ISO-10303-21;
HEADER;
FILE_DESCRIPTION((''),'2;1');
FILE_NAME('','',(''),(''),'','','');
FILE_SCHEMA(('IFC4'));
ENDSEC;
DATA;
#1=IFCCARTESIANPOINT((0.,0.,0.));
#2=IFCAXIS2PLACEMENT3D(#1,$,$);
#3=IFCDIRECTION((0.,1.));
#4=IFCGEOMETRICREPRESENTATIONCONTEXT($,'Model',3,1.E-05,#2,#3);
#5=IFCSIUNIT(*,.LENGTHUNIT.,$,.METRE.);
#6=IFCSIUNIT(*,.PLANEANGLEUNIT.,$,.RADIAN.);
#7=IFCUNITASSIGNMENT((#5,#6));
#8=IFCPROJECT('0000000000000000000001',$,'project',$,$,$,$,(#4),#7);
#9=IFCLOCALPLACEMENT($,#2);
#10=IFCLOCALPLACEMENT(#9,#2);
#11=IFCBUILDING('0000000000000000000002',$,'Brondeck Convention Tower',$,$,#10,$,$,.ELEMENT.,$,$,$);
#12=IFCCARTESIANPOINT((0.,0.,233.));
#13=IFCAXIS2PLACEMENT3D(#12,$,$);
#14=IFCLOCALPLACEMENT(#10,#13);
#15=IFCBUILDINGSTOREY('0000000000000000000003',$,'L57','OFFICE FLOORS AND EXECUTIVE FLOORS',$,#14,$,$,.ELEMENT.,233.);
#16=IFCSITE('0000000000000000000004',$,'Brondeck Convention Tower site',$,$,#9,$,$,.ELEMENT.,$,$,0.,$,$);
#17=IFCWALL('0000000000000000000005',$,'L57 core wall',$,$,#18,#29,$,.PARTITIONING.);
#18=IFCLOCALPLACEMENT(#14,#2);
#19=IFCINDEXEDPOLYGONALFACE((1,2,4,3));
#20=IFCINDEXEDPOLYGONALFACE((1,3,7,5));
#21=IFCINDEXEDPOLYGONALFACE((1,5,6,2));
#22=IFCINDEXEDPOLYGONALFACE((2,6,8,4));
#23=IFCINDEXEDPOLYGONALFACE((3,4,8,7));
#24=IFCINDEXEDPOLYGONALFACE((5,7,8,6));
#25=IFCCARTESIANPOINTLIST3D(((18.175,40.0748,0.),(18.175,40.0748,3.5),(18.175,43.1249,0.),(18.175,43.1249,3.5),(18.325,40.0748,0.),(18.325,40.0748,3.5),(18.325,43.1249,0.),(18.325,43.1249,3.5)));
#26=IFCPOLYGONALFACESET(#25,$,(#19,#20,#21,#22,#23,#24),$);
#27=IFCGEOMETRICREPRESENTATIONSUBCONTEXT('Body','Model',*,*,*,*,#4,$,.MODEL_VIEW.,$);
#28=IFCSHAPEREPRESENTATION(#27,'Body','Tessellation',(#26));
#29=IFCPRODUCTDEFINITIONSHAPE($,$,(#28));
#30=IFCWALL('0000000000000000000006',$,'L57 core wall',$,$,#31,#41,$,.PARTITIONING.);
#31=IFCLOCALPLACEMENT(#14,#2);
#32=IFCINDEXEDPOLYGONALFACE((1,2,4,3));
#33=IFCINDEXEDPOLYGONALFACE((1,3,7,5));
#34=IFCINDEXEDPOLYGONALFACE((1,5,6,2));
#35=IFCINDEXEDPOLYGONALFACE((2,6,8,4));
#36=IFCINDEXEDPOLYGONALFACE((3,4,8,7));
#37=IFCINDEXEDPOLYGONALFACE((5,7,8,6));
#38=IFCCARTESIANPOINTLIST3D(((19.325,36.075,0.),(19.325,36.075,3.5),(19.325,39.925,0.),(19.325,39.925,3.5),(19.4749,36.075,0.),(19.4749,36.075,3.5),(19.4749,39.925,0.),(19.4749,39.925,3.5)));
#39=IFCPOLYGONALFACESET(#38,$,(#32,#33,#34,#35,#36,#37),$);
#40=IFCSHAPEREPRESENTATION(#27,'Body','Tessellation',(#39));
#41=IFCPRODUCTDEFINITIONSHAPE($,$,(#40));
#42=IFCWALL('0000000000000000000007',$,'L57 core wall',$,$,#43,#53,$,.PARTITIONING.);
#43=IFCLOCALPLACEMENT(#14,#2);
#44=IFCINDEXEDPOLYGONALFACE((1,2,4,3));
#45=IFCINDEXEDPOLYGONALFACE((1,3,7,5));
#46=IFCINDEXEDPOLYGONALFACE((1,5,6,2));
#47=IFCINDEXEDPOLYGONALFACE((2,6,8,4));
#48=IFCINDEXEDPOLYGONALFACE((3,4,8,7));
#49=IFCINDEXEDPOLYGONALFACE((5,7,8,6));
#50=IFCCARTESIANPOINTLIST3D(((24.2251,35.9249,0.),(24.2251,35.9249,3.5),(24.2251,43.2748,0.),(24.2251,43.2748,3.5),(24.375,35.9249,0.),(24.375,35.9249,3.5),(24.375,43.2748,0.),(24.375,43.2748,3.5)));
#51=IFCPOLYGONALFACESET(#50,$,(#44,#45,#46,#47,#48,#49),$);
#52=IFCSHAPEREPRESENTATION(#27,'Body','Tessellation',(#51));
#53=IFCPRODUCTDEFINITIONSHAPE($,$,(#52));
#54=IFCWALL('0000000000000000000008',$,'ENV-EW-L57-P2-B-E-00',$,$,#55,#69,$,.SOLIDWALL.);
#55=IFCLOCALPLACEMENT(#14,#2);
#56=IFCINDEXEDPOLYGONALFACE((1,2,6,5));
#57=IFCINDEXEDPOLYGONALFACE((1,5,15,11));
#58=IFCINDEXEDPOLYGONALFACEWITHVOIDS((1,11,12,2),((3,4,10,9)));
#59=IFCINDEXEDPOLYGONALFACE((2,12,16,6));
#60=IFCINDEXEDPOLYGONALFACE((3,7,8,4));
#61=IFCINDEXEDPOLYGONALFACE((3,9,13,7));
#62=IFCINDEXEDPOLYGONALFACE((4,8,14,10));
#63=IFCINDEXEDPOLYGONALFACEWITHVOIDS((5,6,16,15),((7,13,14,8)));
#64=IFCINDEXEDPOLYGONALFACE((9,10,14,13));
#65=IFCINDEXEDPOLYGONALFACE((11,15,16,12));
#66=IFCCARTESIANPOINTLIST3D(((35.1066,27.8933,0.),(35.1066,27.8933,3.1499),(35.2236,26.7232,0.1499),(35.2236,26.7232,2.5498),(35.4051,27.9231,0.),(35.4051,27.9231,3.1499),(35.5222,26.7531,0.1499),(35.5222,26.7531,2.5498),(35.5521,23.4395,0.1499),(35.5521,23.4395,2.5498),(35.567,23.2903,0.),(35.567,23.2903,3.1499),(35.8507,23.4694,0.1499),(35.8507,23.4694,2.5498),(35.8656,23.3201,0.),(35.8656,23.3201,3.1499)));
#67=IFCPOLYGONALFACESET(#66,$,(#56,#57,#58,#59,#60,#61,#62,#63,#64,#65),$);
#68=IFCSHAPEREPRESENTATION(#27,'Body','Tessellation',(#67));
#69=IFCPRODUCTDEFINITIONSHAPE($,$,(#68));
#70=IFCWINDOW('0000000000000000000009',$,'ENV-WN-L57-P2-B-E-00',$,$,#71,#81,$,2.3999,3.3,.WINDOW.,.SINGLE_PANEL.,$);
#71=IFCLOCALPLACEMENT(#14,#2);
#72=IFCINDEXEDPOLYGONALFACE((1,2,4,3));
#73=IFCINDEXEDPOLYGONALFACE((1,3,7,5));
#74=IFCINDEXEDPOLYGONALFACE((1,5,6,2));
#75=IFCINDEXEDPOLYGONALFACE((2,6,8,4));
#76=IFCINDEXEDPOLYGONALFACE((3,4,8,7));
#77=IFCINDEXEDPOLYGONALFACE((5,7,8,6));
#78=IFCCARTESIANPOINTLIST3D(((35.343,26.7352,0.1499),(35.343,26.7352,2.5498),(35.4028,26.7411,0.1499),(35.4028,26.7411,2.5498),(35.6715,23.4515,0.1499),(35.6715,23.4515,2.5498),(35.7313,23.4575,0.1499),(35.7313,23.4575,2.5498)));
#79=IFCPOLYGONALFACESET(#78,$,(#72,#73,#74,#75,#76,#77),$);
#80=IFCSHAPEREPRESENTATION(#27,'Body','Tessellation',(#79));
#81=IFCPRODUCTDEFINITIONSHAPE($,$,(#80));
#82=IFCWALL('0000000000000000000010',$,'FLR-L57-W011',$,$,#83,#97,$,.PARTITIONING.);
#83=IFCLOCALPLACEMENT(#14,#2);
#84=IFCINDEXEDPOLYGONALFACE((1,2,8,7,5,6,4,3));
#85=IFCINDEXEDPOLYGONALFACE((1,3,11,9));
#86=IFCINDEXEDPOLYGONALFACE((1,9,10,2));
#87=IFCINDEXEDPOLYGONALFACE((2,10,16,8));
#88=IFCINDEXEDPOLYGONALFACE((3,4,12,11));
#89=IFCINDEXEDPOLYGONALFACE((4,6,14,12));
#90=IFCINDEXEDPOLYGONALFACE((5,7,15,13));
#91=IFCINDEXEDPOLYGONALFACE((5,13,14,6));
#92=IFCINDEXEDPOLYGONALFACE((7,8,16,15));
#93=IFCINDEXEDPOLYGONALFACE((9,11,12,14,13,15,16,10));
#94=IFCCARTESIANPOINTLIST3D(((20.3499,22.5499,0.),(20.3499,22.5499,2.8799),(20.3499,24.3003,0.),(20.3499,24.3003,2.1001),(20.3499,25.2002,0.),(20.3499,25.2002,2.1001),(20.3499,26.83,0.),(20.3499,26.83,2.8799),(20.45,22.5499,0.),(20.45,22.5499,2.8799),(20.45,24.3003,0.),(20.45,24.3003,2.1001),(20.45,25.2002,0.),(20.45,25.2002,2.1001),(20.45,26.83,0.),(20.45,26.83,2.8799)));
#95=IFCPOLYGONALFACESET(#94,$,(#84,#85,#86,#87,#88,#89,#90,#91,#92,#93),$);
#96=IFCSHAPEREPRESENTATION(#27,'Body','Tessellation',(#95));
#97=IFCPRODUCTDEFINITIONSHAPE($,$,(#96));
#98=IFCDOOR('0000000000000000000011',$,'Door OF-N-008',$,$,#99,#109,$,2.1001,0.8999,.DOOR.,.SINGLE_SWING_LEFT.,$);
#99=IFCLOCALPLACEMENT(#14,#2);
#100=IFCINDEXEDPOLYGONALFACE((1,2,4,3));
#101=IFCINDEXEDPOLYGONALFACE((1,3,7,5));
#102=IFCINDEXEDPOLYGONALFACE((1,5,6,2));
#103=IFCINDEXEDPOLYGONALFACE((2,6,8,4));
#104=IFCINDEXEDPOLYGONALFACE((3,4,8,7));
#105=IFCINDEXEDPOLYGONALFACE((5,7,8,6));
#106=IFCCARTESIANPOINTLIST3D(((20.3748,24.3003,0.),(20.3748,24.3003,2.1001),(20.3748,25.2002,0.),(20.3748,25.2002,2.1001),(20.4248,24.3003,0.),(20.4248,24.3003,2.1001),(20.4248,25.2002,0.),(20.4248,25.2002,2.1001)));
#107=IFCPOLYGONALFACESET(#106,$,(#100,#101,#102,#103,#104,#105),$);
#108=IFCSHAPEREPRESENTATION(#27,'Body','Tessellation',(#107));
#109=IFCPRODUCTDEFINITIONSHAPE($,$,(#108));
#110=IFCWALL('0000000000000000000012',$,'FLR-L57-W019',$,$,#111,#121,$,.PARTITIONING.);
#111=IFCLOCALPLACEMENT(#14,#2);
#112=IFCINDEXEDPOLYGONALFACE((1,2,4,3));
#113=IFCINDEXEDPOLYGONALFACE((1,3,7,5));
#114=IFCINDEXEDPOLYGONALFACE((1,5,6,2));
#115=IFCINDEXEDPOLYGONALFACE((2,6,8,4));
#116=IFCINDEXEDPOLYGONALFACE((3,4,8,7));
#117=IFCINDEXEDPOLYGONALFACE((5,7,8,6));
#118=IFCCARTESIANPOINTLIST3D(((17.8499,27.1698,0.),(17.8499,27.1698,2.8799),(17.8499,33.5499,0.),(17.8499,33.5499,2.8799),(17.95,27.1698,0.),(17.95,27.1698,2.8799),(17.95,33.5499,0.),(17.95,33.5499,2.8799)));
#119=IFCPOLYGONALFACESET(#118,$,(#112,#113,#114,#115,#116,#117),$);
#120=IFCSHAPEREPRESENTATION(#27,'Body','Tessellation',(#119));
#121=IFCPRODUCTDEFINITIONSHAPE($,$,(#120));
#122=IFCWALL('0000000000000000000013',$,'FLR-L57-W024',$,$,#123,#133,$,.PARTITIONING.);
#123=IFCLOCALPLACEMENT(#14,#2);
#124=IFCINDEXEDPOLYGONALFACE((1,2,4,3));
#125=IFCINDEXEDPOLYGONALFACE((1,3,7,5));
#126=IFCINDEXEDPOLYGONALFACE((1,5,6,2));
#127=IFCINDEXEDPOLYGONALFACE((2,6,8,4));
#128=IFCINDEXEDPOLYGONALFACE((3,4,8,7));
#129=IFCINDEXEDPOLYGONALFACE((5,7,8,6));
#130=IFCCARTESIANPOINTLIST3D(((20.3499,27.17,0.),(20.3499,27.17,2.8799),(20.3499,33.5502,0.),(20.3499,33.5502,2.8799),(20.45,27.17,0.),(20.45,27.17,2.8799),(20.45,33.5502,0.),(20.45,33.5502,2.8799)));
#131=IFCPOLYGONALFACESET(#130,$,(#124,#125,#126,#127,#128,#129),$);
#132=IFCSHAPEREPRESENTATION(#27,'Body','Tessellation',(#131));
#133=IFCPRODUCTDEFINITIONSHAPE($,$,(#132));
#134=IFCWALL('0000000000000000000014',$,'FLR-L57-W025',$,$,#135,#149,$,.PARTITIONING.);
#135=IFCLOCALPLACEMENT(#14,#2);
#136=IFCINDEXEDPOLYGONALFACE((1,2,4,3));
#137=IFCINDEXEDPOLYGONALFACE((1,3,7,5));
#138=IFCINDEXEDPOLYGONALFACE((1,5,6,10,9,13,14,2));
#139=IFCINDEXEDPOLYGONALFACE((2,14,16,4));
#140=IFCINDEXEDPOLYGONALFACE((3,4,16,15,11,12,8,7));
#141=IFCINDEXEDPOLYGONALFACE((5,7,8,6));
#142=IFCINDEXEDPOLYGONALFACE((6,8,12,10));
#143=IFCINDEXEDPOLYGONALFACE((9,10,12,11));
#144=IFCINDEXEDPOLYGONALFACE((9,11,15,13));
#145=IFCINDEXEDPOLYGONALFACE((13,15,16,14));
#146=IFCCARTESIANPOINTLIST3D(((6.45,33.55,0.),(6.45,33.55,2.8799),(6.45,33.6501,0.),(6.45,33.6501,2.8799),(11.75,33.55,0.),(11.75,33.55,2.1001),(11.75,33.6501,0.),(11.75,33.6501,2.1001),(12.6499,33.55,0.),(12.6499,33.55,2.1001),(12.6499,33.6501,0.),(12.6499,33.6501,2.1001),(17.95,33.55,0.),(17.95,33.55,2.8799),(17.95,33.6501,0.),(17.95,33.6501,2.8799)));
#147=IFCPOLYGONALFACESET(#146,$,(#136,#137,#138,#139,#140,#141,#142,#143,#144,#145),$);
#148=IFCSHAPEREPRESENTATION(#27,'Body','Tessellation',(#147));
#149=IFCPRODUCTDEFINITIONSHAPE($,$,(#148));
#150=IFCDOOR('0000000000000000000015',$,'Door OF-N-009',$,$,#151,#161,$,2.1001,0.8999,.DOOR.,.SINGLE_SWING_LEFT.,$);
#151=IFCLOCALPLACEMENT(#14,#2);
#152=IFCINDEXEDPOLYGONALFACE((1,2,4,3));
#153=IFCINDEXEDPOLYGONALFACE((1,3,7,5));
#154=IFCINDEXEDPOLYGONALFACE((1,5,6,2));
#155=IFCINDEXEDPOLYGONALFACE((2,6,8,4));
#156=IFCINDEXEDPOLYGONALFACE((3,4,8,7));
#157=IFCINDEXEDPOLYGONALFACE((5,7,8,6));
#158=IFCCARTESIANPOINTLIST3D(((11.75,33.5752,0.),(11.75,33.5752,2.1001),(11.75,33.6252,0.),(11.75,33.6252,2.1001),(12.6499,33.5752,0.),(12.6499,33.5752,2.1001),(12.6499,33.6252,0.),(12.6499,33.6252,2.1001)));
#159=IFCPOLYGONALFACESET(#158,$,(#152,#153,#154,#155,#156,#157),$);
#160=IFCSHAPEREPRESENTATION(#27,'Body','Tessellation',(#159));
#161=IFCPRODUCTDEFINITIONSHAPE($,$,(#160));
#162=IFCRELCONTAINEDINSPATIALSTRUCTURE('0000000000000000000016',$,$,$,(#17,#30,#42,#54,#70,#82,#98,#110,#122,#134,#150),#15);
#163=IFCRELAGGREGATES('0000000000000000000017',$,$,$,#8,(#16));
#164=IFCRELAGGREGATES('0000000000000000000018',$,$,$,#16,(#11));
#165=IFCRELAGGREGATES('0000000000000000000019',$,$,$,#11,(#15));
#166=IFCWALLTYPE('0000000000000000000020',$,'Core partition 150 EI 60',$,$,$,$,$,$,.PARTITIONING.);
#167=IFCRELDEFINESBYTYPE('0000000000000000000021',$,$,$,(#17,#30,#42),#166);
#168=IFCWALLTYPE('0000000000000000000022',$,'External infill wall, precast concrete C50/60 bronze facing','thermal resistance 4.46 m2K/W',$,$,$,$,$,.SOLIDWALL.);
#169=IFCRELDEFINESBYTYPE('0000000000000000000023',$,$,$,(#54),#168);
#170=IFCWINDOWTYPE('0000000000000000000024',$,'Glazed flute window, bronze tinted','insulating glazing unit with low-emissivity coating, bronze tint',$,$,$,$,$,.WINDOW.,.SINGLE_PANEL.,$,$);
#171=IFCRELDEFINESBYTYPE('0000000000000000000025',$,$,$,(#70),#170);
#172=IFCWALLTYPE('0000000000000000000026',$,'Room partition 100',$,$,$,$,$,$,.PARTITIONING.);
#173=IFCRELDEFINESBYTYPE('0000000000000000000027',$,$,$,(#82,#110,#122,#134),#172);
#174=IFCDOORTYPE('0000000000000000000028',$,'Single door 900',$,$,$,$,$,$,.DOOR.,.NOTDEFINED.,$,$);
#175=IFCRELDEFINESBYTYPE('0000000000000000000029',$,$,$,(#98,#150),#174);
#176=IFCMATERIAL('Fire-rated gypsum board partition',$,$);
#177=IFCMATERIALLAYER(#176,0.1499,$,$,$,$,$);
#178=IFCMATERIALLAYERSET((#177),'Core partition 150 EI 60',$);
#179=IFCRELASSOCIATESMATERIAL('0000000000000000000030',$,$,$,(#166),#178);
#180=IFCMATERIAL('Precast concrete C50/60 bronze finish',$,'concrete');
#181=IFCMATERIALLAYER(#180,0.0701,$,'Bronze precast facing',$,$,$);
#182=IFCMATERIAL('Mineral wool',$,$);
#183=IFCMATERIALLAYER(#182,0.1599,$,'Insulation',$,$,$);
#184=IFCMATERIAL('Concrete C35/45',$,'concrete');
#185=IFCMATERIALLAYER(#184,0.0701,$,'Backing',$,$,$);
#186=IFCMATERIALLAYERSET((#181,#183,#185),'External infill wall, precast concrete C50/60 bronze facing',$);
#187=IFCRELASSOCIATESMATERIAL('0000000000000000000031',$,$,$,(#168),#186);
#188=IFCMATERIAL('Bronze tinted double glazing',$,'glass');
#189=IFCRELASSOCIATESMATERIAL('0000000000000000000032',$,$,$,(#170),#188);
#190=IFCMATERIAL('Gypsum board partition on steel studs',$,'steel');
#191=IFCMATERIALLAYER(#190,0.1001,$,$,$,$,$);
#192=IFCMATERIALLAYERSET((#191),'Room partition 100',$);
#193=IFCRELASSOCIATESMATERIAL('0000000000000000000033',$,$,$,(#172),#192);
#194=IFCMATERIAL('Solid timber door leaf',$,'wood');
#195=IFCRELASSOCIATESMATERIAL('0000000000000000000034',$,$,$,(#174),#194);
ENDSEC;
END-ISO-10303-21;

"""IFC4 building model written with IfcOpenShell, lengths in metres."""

from ifc_helpers import new_model, si_unit, direction, frame, frame_2d, origin, place, context, subcontext, project, spatial, rectangle, extrude, material, layer, layer_set, type_object, element, fill, save


model = new_model("IFC4")

# Units and contexts
model_context = context("Model", 3, precision=1e-05, world=origin(), true_north=direction((0.0, 1.0)))
body_context = subcontext(model_context, "Body", "Model", "MODEL_VIEW")
ifc_project = project(units=[si_unit("LENGTHUNIT", "METRE"), si_unit("PLANEANGLEUNIT", "RADIAN")], contexts=[model_context])

# Site, building, storey
site_placement = place(None, origin())
site = spatial("IfcSite", under=ifc_project, at=site_placement, Name="Brondeck Convention Tower site", CompositionType="ELEMENT", RefElevation=0.0)
building_placement = place(site_placement, origin())
building = spatial("IfcBuilding", under=site, at=building_placement, Name="Brondeck Convention Tower", CompositionType="ELEMENT")
storey_placement = place(building_placement, frame((0.0, 0.0, 233.0)))
storey = spatial("IfcBuildingStorey", under=building, at=storey_placement, Name="L57", Description="OFFICE FLOORS AND EXECUTIVE FLOORS", CompositionType="ELEMENT", Elevation=233.0)

# Walls
ifc_material_1 = material(Name="Fire-rated gypsum board partition")
ifc_layer_1 = layer(ifc_material_1, 0.1499)
ifc_layer_set_1 = layer_set([ifc_layer_1], Name="Core partition 150 EI 60")
wall_type_1 = type_object("IfcWallType", Name="Core partition 150 EI 60", PredefinedType="PARTITIONING", material=ifc_layer_set_1)
wall_1_placement = place(storey_placement, frame((18.25, 40.075, 0.0), z_axis=(0.0, 0.0, 1.0), x_axis=(0.0, 1.0, 0.0)))
element("IfcWall", 1, at=wall_1_placement, inside=storey, type_object=wall_type_1, Name="L57 core wall", PredefinedType="PARTITIONING", context=body_context, shape_type="SweptSolid", body=[
    extrude(rectangle(XDim=3.05, YDim=0.1499, at=frame_2d((1.5249, 0.0))), origin(), (0.0, 0.0, 1.0), 3.5),
])
wall_2_placement = place(storey_placement, frame((19.3999, 36.075, 0.0), z_axis=(0.0, 0.0, 1.0), x_axis=(0.0, 1.0, 0.0)))
element("IfcWall", 2, at=wall_2_placement, inside=storey, type_object=wall_type_1, Name="L57 core wall", PredefinedType="PARTITIONING", context=body_context, shape_type="SweptSolid", body=[
    extrude(rectangle(XDim=3.8501, YDim=0.1499, at=frame_2d((1.925, 0.0))), origin(), (0.0, 0.0, 1.0), 3.5),
])
wall_3_placement = place(storey_placement, frame((24.3, 35.925, 0.0), z_axis=(0.0, 0.0, 1.0), x_axis=(0.0, 1.0, 0.0)))
element("IfcWall", 3, at=wall_3_placement, inside=storey, type_object=wall_type_1, Name="L57 core wall", PredefinedType="PARTITIONING", context=body_context, shape_type="SweptSolid", body=[
    extrude(rectangle(XDim=7.3499, YDim=0.1499, at=frame_2d((3.6748, 0.0))), origin(), (0.0, 0.0, 1.0), 3.5),
])

# Wall, opening, window
ifc_material_2 = material(Name="Precast concrete C50/60 bronze finish", Category="concrete")
ifc_layer_2 = layer(ifc_material_2, 0.0701, Name="Bronze precast facing")
ifc_material_3 = material(Name="Mineral wool")
ifc_layer_3 = layer(ifc_material_3, 0.1599, Name="Insulation")
ifc_material_4 = material(Name="Concrete C35/45", Category="concrete")
ifc_layer_4 = layer(ifc_material_4, 0.0701, Name="Backing")
ifc_layer_set_2 = layer_set([ifc_layer_2, ifc_layer_3, ifc_layer_4], Name="External infill wall, precast concrete C50/60 bronze facing")
wall_type_2 = type_object("IfcWallType", Name="External infill wall, precast concrete C50/60 bronze facing", Description="thermal resistance 4.46 m2K/W", PredefinedType="SOLIDWALL", material=ifc_layer_set_2)
wall_4_placement = place(storey_placement, frame((35.2559, 27.9082, 0.0), z_axis=(0.0, 0.0, 1.0), x_axis=(0.099535, -0.995034, 0.0)))
wall_4 = element("IfcWall", 4, at=wall_4_placement, inside=storey, type_object=wall_type_2, Name="ENV-EW-L57-P2-B-E-00", PredefinedType="SOLIDWALL", context=body_context, shape_type="SweptSolid", body=[
    extrude(rectangle(XDim=4.626, YDim=0.3, at=frame_2d((2.313, 0.0))), origin(), (0.0, 0.0, 1.0), 3.1499),
])
opening_1_placement = place(wall_4_placement, frame((1.176, 0.0, 0.1499)))
opening_1 = element("IfcOpeningElement", 5, at=opening_1_placement, cuts=wall_4, PredefinedType="OPENING", context=body_context, shape_type="SweptSolid", body=[
    extrude(rectangle(XDim=3.3, YDim=2.3999, at=frame_2d((1.6499, 1.2))), frame((0.0, 0.1599, 0.0), z_axis=(0.0, -1.0, 0.0), x_axis=(1.0, 0.0, 0.0)), (0.0, 0.0, 1.0), 0.3201),
])
ifc_material_5 = material(Name="Bronze tinted double glazing", Category="glass")
window_type = type_object("IfcWindowType", Name="Glazed flute window, bronze tinted", Description="insulating glazing unit with low-emissivity coating, bronze tint", PartitioningType="SINGLE_PANEL", PredefinedType="WINDOW", material=ifc_material_5)
window_placement = place(opening_1_placement, origin())
window = element("IfcWindow", 6, at=window_placement, inside=storey, type_object=window_type, Name="ENV-WN-L57-P2-B-E-00", OverallHeight=2.3999, OverallWidth=3.3, PartitioningType="SINGLE_PANEL", PredefinedType="WINDOW", context=body_context, shape_type="SweptSolid", body=[
    extrude(rectangle(XDim=3.3, YDim=2.3999, at=frame_2d((1.6499, 1.2))), frame((0.0, 0.03, 0.0), z_axis=(0.0, -1.0, 0.0), x_axis=(1.0, 0.0, 0.0)), (0.0, 0.0, 1.0), 0.0601),
])
fill(opening_1, window)

# Wall, opening, door
ifc_material_6 = material(Name="Gypsum board partition on steel studs", Category="steel")
ifc_layer_5 = layer(ifc_material_6, 0.1001)
ifc_layer_set_3 = layer_set([ifc_layer_5], Name="Room partition 100")
wall_type_3 = type_object("IfcWallType", Name="Room partition 100", PredefinedType="PARTITIONING", material=ifc_layer_set_3)
wall_5_placement = place(storey_placement, frame((20.3999, 26.8301, 0.0), z_axis=(0.0, 0.0, 1.0), x_axis=(0.0, -1.0, 0.0)))
wall_5 = element("IfcWall", 7, at=wall_5_placement, inside=storey, type_object=wall_type_3, Name="FLR-L57-W011", PredefinedType="PARTITIONING", context=body_context, shape_type="SweptSolid", body=[
    extrude(rectangle(XDim=4.28, YDim=0.1001, at=frame_2d((2.1401, 0.0))), origin(), (0.0, 0.0, 1.0), 2.8799),
])
opening_2_placement = place(wall_5_placement, frame((1.6299, 0.0, 0.0)))
opening_2 = element("IfcOpeningElement", 8, at=opening_2_placement, cuts=wall_5, PredefinedType="OPENING", context=body_context, shape_type="SweptSolid", body=[
    extrude(rectangle(XDim=0.8999, YDim=2.1001, at=frame_2d((0.45, 1.05))), frame((0.0, 0.0601, 0.0), z_axis=(0.0, -1.0, 0.0), x_axis=(1.0, 0.0, 0.0)), (0.0, 0.0, 1.0), 0.1201),
])
ifc_material_7 = material(Name="Solid timber door leaf", Category="wood")
door_type_1 = type_object("IfcDoorType", Name="Single door 900", OperationType="NOTDEFINED", PredefinedType="DOOR", material=ifc_material_7)
door_1_placement = place(opening_2_placement, origin())
door_1 = element("IfcDoor", 9, at=door_1_placement, inside=storey, type_object=door_type_1, Name="Door OF-N-008", OperationType="SINGLE_SWING_LEFT", OverallHeight=2.1001, OverallWidth=0.8999, PredefinedType="DOOR", context=body_context, shape_type="SweptSolid", body=[
    extrude(rectangle(XDim=0.8999, YDim=2.1001, at=frame_2d((0.45, 1.05))), frame((0.0, 0.0249, 0.0), z_axis=(0.0, -1.0, 0.0), x_axis=(1.0, 0.0, 0.0)), (0.0, 0.0, 1.0), 0.05),
])
fill(opening_2, door_1)

# Walls
for number, where, z_axis, x_axis, name in (
    (10, (17.8999, 27.1699, 0.0), (0.0, 0.0, 1.0), (0.0, 1.0, 0.0), "FLR-L57-W019"),
    (11, (20.3999, 33.55, 0.0), (0.0, 0.0, 1.0), (0.0, -1.0, 0.0), "FLR-L57-W024"),
):
    element("IfcWall", number, at=place(storey_placement, frame(where, z_axis=z_axis, x_axis=x_axis)), inside=storey, type_object=wall_type_3, Name=name, PredefinedType="PARTITIONING", context=body_context, shape_type="SweptSolid", body=[
        extrude(rectangle(XDim=6.3801, YDim=0.1001, at=frame_2d((3.1899, 0.0))), origin(), (0.0, 0.0, 1.0), 2.8799),
    ])

# Wall, opening, door
wall_6_placement = place(storey_placement, frame((17.95, 33.6001, 0.0), z_axis=(0.0, 0.0, 1.0), x_axis=(-1.0, 0.0, 0.0)))
wall_6 = element("IfcWall", 12, at=wall_6_placement, inside=storey, type_object=wall_type_3, Name="FLR-L57-W025", PredefinedType="PARTITIONING", context=body_context, shape_type="SweptSolid", body=[
    extrude(rectangle(XDim=11.5, YDim=0.1001, at=frame_2d((5.75, 0.0))), origin(), (0.0, 0.0, 1.0), 2.8799),
])
opening_3_placement = place(wall_6_placement, frame((5.3, 0.0, 0.0)))
opening_3 = element("IfcOpeningElement", 13, at=opening_3_placement, cuts=wall_6, PredefinedType="OPENING", context=body_context, shape_type="SweptSolid", body=[
    extrude(rectangle(XDim=0.8999, YDim=2.1001, at=frame_2d((0.45, 1.05))), frame((0.0, 0.0601, 0.0), z_axis=(0.0, -1.0, 0.0), x_axis=(1.0, 0.0, 0.0)), (0.0, 0.0, 1.0), 0.1201),
])
door_2_placement = place(opening_3_placement, origin())
door_2 = element("IfcDoor", 14, at=door_2_placement, inside=storey, type_object=door_type_1, Name="Door OF-N-009", OperationType="SINGLE_SWING_LEFT", OverallHeight=2.1001, OverallWidth=0.8999, PredefinedType="DOOR", context=body_context, shape_type="SweptSolid", body=[
    extrude(rectangle(XDim=0.8999, YDim=2.1001, at=frame_2d((0.45, 1.05))), frame((0.0, 0.0249, 0.0), z_axis=(0.0, -1.0, 0.0), x_axis=(1.0, 0.0, 0.0)), (0.0, 0.0, 1.0), 0.05),
])
fill(opening_3, door_2)

save(model, "model.ifc")
